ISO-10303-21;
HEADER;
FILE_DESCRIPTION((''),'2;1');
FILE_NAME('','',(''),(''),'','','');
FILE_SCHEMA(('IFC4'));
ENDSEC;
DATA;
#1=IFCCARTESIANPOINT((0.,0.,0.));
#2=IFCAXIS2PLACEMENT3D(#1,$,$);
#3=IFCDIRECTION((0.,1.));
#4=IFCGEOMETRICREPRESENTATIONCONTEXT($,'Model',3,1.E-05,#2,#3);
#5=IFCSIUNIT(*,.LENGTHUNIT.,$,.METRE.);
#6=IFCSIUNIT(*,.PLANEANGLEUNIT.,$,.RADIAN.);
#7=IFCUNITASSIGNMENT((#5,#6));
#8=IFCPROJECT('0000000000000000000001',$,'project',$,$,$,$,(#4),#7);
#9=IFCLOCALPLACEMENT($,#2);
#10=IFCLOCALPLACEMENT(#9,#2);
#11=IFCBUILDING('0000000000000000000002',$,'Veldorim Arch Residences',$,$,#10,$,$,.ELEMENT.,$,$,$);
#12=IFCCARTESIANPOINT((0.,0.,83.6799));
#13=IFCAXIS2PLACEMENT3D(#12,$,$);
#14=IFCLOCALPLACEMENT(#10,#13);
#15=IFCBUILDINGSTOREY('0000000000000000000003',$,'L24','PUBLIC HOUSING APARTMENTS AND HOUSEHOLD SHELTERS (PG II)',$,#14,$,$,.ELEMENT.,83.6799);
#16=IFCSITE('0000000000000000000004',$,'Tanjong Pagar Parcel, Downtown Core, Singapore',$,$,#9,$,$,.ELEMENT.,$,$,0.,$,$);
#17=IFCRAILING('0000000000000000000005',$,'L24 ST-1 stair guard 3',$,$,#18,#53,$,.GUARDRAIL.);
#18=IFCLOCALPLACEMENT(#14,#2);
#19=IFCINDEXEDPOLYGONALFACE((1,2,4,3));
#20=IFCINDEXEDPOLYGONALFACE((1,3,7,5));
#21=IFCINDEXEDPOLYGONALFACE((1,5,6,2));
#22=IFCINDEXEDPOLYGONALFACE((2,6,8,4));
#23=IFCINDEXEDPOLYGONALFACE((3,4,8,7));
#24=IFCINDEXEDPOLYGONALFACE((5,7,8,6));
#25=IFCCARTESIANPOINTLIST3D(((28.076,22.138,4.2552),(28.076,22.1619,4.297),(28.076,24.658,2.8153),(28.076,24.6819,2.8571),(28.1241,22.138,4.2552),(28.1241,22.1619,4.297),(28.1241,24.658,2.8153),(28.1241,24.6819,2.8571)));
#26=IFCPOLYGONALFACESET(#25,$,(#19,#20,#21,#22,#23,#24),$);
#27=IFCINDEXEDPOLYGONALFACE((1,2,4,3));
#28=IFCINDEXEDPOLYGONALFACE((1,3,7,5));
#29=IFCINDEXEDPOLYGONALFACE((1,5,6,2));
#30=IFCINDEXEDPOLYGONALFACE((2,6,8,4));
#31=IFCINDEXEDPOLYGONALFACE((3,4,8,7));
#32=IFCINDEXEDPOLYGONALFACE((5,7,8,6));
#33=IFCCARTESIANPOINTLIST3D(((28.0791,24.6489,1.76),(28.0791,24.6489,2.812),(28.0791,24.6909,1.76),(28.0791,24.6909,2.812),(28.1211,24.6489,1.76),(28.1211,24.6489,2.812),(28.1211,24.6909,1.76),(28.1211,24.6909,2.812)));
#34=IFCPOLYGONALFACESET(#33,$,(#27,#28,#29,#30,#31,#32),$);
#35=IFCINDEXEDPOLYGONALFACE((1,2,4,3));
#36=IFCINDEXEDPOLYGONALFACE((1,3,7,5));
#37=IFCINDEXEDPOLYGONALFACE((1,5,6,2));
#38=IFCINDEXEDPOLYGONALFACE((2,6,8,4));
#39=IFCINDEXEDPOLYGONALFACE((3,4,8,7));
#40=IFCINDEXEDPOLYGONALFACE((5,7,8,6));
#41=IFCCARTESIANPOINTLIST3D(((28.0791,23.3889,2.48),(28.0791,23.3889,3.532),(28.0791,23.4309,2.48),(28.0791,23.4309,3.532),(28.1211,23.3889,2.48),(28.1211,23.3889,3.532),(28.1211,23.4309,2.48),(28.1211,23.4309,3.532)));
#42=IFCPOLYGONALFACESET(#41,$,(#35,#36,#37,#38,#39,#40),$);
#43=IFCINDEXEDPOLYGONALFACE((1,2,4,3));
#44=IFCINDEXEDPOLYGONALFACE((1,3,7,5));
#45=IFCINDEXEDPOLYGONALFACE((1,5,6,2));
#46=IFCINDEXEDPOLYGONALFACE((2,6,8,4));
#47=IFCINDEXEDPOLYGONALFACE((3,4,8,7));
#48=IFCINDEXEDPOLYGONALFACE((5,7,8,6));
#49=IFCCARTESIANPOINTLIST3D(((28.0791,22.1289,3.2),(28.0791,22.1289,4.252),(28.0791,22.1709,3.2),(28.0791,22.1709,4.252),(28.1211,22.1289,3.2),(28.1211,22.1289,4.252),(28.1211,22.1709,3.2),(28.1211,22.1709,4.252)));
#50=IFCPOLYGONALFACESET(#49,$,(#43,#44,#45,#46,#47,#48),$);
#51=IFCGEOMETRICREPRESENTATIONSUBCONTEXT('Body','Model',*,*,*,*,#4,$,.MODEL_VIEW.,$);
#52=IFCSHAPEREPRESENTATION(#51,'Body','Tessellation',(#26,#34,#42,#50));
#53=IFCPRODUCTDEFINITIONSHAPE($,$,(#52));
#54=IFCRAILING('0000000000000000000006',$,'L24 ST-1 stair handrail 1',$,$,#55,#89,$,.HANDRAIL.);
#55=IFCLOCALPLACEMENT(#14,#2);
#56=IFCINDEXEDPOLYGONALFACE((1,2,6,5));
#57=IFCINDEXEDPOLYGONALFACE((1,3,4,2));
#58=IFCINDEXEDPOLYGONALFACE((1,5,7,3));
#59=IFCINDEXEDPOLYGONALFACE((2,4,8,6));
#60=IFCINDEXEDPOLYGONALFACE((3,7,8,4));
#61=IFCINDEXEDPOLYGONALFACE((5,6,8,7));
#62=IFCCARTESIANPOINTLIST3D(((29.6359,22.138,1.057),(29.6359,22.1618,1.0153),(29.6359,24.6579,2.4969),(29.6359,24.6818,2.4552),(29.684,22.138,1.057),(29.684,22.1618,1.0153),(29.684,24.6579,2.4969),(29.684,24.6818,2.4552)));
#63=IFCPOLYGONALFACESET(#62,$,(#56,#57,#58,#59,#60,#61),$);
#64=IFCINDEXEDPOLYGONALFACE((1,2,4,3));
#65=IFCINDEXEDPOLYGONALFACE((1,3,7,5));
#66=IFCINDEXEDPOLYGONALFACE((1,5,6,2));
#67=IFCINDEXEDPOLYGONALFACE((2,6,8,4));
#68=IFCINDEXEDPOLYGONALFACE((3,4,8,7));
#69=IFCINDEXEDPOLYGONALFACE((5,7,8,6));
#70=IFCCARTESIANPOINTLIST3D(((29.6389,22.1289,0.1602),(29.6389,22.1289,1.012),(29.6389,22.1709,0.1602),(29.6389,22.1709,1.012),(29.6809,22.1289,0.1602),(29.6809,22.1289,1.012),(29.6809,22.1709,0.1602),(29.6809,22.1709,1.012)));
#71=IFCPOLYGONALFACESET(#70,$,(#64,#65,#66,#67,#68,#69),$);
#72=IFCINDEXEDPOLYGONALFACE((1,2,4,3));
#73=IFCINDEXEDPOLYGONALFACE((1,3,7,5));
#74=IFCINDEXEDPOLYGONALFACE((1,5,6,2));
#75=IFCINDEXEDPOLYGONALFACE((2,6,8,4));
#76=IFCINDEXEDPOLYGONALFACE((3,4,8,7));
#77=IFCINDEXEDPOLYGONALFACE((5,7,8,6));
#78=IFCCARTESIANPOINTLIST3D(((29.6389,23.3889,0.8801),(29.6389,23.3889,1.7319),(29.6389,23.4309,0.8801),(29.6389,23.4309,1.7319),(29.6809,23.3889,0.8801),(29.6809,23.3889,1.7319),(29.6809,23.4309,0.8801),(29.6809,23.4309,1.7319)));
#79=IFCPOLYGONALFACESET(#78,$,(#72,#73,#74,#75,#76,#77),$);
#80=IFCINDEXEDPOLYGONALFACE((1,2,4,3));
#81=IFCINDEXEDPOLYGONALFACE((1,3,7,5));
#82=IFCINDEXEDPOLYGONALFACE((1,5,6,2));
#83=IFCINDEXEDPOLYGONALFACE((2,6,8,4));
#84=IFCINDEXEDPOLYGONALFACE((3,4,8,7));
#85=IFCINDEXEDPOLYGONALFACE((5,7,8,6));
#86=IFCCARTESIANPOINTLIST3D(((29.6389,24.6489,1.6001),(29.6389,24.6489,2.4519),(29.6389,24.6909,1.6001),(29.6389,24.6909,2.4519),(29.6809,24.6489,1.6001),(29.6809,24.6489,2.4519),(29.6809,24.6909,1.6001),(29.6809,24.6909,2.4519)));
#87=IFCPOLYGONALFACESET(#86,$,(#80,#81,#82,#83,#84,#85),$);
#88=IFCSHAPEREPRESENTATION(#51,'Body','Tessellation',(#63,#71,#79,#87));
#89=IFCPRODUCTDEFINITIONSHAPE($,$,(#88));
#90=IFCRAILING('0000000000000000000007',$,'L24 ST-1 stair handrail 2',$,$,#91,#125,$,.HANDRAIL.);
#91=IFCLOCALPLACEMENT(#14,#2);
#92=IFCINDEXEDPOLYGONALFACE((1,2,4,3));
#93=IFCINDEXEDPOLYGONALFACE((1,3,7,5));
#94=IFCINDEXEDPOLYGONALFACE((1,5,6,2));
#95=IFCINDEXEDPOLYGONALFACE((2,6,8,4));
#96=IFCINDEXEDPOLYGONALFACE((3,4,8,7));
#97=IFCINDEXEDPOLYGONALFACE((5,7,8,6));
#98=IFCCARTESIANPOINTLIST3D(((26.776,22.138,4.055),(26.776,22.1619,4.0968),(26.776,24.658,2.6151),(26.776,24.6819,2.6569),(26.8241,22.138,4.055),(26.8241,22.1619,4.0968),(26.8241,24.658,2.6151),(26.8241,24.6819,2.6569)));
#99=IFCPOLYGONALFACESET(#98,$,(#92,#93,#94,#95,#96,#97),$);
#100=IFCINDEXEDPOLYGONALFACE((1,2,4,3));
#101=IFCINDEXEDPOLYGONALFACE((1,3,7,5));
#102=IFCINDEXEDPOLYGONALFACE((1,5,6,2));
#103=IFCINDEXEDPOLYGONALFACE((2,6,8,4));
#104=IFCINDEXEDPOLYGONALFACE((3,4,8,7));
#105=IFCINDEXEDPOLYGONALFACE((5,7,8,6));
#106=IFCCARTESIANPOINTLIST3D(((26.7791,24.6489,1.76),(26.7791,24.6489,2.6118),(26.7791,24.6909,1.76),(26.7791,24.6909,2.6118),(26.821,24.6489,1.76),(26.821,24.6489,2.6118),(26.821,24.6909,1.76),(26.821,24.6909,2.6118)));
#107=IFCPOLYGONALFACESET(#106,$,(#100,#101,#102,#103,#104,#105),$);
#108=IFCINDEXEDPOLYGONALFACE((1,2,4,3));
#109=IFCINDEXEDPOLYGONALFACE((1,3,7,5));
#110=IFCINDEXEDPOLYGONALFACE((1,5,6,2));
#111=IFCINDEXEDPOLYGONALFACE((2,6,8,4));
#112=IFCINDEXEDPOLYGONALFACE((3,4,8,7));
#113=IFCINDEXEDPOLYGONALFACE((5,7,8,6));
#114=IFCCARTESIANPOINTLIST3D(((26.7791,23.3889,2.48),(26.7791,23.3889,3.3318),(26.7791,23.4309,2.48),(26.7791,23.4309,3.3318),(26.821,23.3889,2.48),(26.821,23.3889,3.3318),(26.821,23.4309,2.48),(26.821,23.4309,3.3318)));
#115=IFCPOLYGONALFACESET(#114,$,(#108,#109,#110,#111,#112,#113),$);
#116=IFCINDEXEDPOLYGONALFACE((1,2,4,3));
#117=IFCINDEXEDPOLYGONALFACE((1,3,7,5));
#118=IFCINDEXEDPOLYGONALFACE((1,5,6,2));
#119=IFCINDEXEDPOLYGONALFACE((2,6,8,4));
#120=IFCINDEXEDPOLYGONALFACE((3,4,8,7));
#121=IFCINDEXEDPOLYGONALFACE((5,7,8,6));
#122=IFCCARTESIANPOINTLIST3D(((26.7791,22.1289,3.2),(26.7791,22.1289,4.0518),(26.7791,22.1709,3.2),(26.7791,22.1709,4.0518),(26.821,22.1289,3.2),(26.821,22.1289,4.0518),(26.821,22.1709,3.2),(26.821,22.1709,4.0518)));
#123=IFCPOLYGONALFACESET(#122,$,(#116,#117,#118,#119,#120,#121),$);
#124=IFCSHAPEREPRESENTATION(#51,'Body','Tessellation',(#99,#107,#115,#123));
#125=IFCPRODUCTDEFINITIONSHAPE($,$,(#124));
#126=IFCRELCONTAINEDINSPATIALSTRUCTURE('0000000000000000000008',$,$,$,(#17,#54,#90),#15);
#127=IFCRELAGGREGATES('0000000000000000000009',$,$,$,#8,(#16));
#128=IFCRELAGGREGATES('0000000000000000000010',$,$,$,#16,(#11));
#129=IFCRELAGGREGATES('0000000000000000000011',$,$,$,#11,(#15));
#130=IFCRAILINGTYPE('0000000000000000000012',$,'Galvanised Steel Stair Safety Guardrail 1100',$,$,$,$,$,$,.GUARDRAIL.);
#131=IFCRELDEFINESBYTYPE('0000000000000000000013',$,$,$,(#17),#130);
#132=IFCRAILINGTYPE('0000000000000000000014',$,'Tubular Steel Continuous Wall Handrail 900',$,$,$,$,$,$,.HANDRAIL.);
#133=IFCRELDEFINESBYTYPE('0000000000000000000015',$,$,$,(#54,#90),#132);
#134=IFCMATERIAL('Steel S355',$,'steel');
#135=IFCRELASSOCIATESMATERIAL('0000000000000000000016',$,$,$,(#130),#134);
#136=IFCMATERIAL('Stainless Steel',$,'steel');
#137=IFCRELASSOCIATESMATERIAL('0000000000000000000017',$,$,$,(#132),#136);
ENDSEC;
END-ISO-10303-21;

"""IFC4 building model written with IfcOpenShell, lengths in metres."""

from ifc_helpers import new_model, si_unit, direction, frame, origin, origin_2d, place, context, subcontext, project, spatial, rectangle, extrude, material, type_object, element, save


model = new_model("IFC4")

# Units and contexts
model_context = context("Model", 3, precision=1e-05, world=origin(), true_north=direction((0.0, 1.0)))
body_context = subcontext(model_context, "Body", "Model", "MODEL_VIEW")
ifc_project = project(units=[si_unit("LENGTHUNIT", "METRE"), si_unit("PLANEANGLEUNIT", "RADIAN")], contexts=[model_context])

# Site, building, storey
site_placement = place(None, origin())
site = spatial("IfcSite", under=ifc_project, at=site_placement, Name="Tanjong Pagar Parcel, Downtown Core, Singapore", CompositionType="ELEMENT", RefElevation=0.0)
building_placement = place(site_placement, origin())
building = spatial("IfcBuilding", under=site, at=building_placement, Name="Veldorim Arch Residences", CompositionType="ELEMENT")
storey_placement = place(building_placement, frame((0.0, 0.0, 83.6799)))
storey = spatial("IfcBuildingStorey", under=building, at=storey_placement, Name="L24", Description="PUBLIC HOUSING APARTMENTS AND HOUSEHOLD SHELTERS (PG II)", CompositionType="ELEMENT", Elevation=83.6799)

# Railings
ifc_material_1 = material(Name="Steel S355", Category="steel")
railing_type_1 = type_object("IfcRailingType", Name="Galvanised Steel Stair Safety Guardrail 1100", PredefinedType="GUARDRAIL", material=ifc_material_1)
railing_1_placement = place(storey_placement, frame((28.1001, 24.6699, 1.76)))
element("IfcRailing", 1, at=railing_1_placement, inside=storey, type_object=railing_type_1, Name="L24 ST-1 stair guard 3", PredefinedType="GUARDRAIL", context=body_context, shape_type="SweptSolid", body=[
    extrude(rectangle(XDim=0.0481, YDim=0.0481, at=origin_2d()), frame((0.0, 0.0, 1.0762), z_axis=(0.0, -0.868253, 0.496121), x_axis=(1.0, 0.0, 0.0)), (0.0, 0.0, 1.0), 2.9023),
    extrude(rectangle(XDim=0.042, YDim=0.042, at=origin_2d()), origin(), (0.0, 0.0, 1.0), 1.052),
    extrude(rectangle(XDim=0.042, YDim=0.042, at=origin_2d()), frame((0.0, -1.26, 0.72)), (0.0, 0.0, 1.0), 1.052),
    extrude(rectangle(XDim=0.042, YDim=0.042, at=origin_2d()), frame((0.0, -2.52, 1.4399)), (0.0, 0.0, 1.0), 1.052),
])
ifc_material_2 = material(Name="Stainless Steel", Category="steel")
railing_type_2 = type_object("IfcRailingType", Name="Tubular Steel Continuous Wall Handrail 900", PredefinedType="HANDRAIL", material=ifc_material_2)
railing_2_placement = place(storey_placement, frame((29.6599, 22.1499, 0.1602)))
element("IfcRailing", 2, at=railing_2_placement, inside=storey, type_object=railing_type_2, Name="L24 ST-1 stair handrail 1", PredefinedType="HANDRAIL", context=body_context, shape_type="SweptSolid", body=[
    extrude(rectangle(XDim=0.0481, YDim=0.0481, at=origin_2d()), frame((0.0, 0.0, 0.876), z_axis=(0.0, 0.868253, 0.496121), x_axis=(-1.0, 0.0, 0.0)), (0.0, 0.0, 1.0), 2.9023),
    extrude(rectangle(XDim=0.042, YDim=0.042, at=origin_2d()), origin(), (0.0, 0.0, 1.0), 0.8518),
    extrude(rectangle(XDim=0.042, YDim=0.042, at=origin_2d()), frame((0.0, 1.26, 0.72)), (0.0, 0.0, 1.0), 0.8518),
    extrude(rectangle(XDim=0.042, YDim=0.042, at=origin_2d()), frame((0.0, 2.52, 1.4399)), (0.0, 0.0, 1.0), 0.8518),
])
railing_3_placement = place(storey_placement, frame((26.8, 24.6699, 1.76)))
element("IfcRailing", 3, at=railing_3_placement, inside=storey, type_object=railing_type_2, Name="L24 ST-1 stair handrail 2", PredefinedType="HANDRAIL", context=body_context, shape_type="SweptSolid", body=[
    extrude(rectangle(XDim=0.0481, YDim=0.0481, at=origin_2d()), frame((0.0, 0.0, 0.876), z_axis=(0.0, -0.868253, 0.496121), x_axis=(1.0, 0.0, 0.0)), (0.0, 0.0, 1.0), 2.9023),
    extrude(rectangle(XDim=0.042, YDim=0.042, at=origin_2d()), origin(), (0.0, 0.0, 1.0), 0.8518),
    extrude(rectangle(XDim=0.042, YDim=0.042, at=origin_2d()), frame((0.0, -1.26, 0.72)), (0.0, 0.0, 1.0), 0.8518),
    extrude(rectangle(XDim=0.042, YDim=0.042, at=origin_2d()), frame((0.0, -2.52, 1.4399)), (0.0, 0.0, 1.0), 0.8518),
])

save(model, "model.ifc")
